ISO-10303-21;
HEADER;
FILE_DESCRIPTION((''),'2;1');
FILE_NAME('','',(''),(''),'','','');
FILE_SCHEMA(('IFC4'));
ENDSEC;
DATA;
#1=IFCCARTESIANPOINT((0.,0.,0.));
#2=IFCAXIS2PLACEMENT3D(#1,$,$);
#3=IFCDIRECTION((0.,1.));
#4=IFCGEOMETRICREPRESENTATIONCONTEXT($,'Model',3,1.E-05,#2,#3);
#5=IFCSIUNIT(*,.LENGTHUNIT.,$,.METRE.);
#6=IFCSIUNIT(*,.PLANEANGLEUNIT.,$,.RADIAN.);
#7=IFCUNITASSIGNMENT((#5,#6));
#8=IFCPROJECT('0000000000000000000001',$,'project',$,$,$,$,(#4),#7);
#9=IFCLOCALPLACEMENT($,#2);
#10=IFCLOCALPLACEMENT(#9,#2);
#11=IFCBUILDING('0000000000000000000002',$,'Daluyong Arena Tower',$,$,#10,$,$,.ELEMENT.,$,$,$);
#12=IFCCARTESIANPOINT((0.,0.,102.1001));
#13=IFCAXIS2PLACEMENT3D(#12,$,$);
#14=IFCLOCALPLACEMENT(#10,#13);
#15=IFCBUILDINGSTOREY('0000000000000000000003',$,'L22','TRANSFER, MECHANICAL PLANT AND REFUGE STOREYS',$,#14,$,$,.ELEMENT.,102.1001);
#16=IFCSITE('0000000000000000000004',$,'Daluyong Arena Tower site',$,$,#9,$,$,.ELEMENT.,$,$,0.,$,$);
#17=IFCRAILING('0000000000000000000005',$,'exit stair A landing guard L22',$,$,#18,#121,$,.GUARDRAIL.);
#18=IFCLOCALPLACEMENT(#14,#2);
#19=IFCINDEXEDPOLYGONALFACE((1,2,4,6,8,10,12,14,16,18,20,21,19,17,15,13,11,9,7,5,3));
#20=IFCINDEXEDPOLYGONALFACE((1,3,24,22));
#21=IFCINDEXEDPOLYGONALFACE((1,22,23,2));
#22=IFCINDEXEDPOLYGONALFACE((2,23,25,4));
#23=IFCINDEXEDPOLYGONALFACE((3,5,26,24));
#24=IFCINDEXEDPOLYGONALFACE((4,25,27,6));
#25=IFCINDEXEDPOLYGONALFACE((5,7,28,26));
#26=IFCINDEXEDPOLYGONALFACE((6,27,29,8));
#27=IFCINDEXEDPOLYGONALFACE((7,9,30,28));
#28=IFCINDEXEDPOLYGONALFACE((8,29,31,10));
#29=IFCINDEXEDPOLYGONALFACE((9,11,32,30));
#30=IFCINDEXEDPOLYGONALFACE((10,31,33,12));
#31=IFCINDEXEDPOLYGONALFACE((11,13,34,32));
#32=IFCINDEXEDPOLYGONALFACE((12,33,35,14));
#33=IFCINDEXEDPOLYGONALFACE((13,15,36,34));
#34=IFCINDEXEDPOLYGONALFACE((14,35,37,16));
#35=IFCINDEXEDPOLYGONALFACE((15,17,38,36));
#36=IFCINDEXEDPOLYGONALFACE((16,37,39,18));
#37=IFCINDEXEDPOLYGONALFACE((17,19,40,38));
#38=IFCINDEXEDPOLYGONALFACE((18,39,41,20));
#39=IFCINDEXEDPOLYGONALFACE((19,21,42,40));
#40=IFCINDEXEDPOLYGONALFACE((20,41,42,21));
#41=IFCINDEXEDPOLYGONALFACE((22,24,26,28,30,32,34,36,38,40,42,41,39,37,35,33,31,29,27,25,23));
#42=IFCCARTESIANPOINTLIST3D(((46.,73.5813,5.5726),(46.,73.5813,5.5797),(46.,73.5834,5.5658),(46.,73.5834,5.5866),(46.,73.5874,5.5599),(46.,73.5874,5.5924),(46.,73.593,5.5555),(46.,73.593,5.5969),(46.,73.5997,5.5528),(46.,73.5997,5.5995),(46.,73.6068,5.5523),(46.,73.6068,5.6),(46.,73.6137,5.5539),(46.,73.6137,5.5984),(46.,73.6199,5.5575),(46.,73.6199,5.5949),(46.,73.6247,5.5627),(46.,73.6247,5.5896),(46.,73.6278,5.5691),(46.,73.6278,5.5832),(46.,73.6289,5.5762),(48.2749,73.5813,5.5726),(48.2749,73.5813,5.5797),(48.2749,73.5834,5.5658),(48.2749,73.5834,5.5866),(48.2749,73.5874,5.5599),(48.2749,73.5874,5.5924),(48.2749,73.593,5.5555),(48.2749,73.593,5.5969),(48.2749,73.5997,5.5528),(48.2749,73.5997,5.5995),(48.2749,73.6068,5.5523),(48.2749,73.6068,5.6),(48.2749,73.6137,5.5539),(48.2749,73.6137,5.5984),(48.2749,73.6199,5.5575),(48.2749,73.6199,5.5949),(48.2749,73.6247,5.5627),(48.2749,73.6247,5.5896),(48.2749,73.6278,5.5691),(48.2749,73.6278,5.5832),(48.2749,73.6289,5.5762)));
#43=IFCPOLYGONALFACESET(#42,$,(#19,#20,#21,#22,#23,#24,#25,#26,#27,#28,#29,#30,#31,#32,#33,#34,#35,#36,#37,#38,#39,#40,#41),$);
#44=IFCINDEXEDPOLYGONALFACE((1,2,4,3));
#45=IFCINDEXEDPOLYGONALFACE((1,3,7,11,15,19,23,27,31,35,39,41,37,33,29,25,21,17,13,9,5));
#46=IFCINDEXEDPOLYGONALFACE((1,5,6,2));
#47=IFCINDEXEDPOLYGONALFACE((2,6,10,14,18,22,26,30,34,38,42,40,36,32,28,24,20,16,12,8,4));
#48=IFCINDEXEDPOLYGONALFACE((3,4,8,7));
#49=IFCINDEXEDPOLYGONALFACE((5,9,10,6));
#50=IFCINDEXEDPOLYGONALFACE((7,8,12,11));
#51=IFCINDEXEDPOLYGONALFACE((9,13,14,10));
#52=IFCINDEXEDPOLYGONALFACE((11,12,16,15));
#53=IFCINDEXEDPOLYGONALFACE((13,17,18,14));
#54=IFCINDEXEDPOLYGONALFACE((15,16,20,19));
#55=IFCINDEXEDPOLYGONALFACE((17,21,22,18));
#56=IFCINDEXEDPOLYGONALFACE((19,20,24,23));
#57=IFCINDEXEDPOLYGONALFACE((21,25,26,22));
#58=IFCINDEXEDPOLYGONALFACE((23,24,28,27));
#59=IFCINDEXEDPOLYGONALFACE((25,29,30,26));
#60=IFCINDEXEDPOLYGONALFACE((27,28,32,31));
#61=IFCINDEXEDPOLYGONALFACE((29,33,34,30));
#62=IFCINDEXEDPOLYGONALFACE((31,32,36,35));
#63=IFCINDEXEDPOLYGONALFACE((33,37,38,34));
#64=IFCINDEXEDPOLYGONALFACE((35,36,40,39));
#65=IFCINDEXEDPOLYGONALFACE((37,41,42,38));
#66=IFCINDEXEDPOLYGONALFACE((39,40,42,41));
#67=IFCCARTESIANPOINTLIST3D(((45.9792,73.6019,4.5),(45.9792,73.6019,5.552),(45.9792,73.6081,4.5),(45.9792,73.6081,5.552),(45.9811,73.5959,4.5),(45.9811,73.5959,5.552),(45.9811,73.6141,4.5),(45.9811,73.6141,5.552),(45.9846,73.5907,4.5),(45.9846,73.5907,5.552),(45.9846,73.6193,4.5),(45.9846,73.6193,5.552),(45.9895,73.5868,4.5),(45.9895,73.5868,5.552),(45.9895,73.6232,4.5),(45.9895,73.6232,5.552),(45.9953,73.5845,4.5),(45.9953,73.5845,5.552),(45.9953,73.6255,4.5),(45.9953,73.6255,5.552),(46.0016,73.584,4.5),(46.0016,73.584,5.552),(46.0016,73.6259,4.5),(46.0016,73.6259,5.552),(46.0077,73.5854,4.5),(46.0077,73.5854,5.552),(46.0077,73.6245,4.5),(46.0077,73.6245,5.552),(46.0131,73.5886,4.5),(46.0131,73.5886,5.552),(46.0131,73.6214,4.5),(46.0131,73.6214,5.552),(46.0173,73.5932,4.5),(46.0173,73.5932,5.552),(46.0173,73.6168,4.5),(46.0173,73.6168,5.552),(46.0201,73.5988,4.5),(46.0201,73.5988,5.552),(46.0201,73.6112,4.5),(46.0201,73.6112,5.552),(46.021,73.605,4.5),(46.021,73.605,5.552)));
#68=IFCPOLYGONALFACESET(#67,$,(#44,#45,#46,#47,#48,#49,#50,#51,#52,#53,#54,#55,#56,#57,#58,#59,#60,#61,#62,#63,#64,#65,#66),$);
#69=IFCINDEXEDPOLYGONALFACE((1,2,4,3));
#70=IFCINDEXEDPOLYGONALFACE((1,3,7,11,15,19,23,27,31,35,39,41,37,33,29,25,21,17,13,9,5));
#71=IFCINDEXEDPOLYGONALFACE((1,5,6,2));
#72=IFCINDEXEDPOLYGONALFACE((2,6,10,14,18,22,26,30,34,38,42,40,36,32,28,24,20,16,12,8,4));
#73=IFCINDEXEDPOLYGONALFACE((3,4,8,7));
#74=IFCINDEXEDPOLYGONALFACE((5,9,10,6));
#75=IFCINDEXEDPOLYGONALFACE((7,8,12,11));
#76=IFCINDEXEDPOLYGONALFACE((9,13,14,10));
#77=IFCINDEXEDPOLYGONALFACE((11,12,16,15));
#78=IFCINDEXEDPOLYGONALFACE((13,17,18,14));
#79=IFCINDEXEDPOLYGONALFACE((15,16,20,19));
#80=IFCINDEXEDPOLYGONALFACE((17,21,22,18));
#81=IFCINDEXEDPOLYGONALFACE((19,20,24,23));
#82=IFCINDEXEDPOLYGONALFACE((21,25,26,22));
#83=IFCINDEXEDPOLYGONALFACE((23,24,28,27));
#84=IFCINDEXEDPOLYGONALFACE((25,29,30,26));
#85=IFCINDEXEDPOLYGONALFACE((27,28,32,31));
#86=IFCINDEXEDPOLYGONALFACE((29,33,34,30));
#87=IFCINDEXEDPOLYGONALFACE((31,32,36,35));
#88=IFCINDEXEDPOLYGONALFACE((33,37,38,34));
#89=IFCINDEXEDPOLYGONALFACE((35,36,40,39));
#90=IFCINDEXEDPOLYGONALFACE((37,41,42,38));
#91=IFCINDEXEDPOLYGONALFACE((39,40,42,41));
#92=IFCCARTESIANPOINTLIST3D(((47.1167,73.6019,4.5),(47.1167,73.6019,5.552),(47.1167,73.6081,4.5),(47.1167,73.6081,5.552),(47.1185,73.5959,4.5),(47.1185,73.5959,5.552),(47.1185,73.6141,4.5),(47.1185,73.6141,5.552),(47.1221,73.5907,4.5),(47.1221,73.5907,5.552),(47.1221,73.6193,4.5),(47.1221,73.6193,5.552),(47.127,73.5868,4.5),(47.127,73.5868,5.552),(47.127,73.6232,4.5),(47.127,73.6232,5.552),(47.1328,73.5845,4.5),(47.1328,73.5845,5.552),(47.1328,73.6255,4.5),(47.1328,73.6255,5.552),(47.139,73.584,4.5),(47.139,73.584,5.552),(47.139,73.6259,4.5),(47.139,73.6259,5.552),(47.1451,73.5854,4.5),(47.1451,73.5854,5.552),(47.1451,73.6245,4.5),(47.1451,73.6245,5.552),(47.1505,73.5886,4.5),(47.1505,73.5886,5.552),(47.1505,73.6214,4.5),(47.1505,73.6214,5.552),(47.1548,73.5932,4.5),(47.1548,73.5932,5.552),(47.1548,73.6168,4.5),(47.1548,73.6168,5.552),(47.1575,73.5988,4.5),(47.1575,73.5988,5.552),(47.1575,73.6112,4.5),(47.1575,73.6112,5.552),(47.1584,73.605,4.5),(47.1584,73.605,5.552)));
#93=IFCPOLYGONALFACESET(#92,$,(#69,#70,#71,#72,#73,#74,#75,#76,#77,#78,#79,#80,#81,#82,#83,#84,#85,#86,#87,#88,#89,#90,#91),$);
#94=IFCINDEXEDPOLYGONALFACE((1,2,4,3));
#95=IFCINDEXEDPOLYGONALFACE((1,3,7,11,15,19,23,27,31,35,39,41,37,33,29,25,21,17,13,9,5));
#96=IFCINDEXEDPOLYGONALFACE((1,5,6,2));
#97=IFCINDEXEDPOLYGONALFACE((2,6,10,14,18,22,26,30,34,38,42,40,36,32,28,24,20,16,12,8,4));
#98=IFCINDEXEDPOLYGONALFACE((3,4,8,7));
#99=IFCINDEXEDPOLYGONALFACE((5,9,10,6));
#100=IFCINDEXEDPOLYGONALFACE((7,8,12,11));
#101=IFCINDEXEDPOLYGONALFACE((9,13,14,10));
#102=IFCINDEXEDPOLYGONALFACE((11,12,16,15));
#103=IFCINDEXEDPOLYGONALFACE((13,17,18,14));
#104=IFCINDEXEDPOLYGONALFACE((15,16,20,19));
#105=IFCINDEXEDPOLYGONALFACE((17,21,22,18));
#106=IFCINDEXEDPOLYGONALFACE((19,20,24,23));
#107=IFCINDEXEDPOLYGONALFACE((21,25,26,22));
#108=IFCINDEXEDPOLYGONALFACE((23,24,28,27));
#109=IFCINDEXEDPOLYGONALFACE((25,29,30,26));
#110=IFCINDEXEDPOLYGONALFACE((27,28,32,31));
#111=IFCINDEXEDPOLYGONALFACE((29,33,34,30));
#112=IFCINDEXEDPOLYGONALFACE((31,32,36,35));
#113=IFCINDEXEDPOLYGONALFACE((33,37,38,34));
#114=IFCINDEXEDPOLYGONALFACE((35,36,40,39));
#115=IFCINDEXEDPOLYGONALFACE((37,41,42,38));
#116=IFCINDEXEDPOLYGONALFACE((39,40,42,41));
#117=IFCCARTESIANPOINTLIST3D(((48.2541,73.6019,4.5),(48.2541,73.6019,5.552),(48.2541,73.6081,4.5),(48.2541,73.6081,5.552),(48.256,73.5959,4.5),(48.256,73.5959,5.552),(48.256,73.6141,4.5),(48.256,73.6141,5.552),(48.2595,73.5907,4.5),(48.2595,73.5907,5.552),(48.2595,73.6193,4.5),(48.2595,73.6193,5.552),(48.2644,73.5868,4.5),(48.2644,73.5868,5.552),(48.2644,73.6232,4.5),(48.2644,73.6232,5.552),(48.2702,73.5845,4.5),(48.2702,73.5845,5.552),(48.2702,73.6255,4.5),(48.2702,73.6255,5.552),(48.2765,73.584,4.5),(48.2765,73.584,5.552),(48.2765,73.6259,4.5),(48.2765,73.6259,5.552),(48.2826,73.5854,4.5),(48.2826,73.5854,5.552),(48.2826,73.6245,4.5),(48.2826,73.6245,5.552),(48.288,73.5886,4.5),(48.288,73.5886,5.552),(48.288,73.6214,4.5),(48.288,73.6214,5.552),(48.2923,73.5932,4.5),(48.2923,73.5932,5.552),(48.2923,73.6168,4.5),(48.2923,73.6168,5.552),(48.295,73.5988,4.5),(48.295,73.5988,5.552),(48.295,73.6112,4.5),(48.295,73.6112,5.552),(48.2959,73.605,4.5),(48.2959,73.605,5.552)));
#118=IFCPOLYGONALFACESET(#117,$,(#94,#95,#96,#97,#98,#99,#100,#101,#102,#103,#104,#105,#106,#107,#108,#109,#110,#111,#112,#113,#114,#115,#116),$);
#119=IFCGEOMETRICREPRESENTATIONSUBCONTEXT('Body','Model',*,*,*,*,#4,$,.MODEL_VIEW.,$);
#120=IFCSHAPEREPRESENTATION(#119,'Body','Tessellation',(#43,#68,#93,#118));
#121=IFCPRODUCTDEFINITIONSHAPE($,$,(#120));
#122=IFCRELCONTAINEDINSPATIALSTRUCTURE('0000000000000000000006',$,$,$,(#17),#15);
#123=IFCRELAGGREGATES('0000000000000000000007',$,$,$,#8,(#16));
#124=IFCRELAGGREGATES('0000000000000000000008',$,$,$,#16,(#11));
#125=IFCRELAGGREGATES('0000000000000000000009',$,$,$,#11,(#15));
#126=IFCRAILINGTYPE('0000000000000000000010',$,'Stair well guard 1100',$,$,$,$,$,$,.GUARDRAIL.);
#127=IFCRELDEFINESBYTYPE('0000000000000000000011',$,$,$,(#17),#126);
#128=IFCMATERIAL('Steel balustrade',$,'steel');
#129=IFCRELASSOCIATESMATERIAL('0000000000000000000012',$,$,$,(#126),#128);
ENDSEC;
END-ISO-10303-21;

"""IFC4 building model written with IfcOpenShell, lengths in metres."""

from ifc_helpers import new_model, si_unit, direction, frame, origin, origin_2d, place, context, subcontext, project, spatial, circle, extrude, material, type_object, element, save


model = new_model("IFC4")

# Units and contexts
model_context = context("Model", 3, precision=1e-05, world=origin(), true_north=direction((0.0, 1.0)))
body_context = subcontext(model_context, "Body", "Model", "MODEL_VIEW")
ifc_project = project(units=[si_unit("LENGTHUNIT", "METRE"), si_unit("PLANEANGLEUNIT", "RADIAN")], contexts=[model_context])

# Site, building, storey
site_placement = place(None, origin())
site = spatial("IfcSite", under=ifc_project, at=site_placement, Name="Daluyong Arena Tower site", CompositionType="ELEMENT", RefElevation=0.0)
building_placement = place(site_placement, origin())
building = spatial("IfcBuilding", under=site, at=building_placement, Name="Daluyong Arena Tower", CompositionType="ELEMENT")
storey_placement = place(building_placement, frame((0.0, 0.0, 102.1001)))
storey = spatial("IfcBuildingStorey", under=building, at=storey_placement, Name="L22", Description="TRANSFER, MECHANICAL PLANT AND REFUGE STOREYS", CompositionType="ELEMENT", Elevation=102.1001)

# Railing
ifc_material_1 = material(Name="Steel balustrade", Category="steel")
railing_type_1 = type_object("IfcRailingType", Name="Stair well guard 1100", PredefinedType="GUARDRAIL", material=ifc_material_1)
for number, where, name in (
    (1, (46.0, 73.605, 4.5), "exit stair A landing guard L22"),
):
    element("IfcRailing", number, at=place(storey_placement, frame(where)), inside=storey, type_object=railing_type_1, Name=name, PredefinedType="GUARDRAIL", context=body_context, shape_type="SweptSolid", body=[
        extrude(circle(Radius=0.0239, at=origin_2d()), frame((0.0, 0.0, 1.0762), z_axis=(1.0, 0.0, 0.0), x_axis=(0.0, 1.0, 0.0)), (0.0, 0.0, 1.0), 2.2749),
        extrude(circle(Radius=0.021, at=origin_2d()), origin(), (0.0, 0.0, 1.0), 1.052),
        extrude(circle(Radius=0.021, at=origin_2d()), frame((1.1375, 0.0, 0.0)), (0.0, 0.0, 1.0), 1.052),
        extrude(circle(Radius=0.021, at=origin_2d()), frame((2.2749, 0.0, 0.0)), (0.0, 0.0, 1.0), 1.052),
    ])

save(model, "model.ifc")
